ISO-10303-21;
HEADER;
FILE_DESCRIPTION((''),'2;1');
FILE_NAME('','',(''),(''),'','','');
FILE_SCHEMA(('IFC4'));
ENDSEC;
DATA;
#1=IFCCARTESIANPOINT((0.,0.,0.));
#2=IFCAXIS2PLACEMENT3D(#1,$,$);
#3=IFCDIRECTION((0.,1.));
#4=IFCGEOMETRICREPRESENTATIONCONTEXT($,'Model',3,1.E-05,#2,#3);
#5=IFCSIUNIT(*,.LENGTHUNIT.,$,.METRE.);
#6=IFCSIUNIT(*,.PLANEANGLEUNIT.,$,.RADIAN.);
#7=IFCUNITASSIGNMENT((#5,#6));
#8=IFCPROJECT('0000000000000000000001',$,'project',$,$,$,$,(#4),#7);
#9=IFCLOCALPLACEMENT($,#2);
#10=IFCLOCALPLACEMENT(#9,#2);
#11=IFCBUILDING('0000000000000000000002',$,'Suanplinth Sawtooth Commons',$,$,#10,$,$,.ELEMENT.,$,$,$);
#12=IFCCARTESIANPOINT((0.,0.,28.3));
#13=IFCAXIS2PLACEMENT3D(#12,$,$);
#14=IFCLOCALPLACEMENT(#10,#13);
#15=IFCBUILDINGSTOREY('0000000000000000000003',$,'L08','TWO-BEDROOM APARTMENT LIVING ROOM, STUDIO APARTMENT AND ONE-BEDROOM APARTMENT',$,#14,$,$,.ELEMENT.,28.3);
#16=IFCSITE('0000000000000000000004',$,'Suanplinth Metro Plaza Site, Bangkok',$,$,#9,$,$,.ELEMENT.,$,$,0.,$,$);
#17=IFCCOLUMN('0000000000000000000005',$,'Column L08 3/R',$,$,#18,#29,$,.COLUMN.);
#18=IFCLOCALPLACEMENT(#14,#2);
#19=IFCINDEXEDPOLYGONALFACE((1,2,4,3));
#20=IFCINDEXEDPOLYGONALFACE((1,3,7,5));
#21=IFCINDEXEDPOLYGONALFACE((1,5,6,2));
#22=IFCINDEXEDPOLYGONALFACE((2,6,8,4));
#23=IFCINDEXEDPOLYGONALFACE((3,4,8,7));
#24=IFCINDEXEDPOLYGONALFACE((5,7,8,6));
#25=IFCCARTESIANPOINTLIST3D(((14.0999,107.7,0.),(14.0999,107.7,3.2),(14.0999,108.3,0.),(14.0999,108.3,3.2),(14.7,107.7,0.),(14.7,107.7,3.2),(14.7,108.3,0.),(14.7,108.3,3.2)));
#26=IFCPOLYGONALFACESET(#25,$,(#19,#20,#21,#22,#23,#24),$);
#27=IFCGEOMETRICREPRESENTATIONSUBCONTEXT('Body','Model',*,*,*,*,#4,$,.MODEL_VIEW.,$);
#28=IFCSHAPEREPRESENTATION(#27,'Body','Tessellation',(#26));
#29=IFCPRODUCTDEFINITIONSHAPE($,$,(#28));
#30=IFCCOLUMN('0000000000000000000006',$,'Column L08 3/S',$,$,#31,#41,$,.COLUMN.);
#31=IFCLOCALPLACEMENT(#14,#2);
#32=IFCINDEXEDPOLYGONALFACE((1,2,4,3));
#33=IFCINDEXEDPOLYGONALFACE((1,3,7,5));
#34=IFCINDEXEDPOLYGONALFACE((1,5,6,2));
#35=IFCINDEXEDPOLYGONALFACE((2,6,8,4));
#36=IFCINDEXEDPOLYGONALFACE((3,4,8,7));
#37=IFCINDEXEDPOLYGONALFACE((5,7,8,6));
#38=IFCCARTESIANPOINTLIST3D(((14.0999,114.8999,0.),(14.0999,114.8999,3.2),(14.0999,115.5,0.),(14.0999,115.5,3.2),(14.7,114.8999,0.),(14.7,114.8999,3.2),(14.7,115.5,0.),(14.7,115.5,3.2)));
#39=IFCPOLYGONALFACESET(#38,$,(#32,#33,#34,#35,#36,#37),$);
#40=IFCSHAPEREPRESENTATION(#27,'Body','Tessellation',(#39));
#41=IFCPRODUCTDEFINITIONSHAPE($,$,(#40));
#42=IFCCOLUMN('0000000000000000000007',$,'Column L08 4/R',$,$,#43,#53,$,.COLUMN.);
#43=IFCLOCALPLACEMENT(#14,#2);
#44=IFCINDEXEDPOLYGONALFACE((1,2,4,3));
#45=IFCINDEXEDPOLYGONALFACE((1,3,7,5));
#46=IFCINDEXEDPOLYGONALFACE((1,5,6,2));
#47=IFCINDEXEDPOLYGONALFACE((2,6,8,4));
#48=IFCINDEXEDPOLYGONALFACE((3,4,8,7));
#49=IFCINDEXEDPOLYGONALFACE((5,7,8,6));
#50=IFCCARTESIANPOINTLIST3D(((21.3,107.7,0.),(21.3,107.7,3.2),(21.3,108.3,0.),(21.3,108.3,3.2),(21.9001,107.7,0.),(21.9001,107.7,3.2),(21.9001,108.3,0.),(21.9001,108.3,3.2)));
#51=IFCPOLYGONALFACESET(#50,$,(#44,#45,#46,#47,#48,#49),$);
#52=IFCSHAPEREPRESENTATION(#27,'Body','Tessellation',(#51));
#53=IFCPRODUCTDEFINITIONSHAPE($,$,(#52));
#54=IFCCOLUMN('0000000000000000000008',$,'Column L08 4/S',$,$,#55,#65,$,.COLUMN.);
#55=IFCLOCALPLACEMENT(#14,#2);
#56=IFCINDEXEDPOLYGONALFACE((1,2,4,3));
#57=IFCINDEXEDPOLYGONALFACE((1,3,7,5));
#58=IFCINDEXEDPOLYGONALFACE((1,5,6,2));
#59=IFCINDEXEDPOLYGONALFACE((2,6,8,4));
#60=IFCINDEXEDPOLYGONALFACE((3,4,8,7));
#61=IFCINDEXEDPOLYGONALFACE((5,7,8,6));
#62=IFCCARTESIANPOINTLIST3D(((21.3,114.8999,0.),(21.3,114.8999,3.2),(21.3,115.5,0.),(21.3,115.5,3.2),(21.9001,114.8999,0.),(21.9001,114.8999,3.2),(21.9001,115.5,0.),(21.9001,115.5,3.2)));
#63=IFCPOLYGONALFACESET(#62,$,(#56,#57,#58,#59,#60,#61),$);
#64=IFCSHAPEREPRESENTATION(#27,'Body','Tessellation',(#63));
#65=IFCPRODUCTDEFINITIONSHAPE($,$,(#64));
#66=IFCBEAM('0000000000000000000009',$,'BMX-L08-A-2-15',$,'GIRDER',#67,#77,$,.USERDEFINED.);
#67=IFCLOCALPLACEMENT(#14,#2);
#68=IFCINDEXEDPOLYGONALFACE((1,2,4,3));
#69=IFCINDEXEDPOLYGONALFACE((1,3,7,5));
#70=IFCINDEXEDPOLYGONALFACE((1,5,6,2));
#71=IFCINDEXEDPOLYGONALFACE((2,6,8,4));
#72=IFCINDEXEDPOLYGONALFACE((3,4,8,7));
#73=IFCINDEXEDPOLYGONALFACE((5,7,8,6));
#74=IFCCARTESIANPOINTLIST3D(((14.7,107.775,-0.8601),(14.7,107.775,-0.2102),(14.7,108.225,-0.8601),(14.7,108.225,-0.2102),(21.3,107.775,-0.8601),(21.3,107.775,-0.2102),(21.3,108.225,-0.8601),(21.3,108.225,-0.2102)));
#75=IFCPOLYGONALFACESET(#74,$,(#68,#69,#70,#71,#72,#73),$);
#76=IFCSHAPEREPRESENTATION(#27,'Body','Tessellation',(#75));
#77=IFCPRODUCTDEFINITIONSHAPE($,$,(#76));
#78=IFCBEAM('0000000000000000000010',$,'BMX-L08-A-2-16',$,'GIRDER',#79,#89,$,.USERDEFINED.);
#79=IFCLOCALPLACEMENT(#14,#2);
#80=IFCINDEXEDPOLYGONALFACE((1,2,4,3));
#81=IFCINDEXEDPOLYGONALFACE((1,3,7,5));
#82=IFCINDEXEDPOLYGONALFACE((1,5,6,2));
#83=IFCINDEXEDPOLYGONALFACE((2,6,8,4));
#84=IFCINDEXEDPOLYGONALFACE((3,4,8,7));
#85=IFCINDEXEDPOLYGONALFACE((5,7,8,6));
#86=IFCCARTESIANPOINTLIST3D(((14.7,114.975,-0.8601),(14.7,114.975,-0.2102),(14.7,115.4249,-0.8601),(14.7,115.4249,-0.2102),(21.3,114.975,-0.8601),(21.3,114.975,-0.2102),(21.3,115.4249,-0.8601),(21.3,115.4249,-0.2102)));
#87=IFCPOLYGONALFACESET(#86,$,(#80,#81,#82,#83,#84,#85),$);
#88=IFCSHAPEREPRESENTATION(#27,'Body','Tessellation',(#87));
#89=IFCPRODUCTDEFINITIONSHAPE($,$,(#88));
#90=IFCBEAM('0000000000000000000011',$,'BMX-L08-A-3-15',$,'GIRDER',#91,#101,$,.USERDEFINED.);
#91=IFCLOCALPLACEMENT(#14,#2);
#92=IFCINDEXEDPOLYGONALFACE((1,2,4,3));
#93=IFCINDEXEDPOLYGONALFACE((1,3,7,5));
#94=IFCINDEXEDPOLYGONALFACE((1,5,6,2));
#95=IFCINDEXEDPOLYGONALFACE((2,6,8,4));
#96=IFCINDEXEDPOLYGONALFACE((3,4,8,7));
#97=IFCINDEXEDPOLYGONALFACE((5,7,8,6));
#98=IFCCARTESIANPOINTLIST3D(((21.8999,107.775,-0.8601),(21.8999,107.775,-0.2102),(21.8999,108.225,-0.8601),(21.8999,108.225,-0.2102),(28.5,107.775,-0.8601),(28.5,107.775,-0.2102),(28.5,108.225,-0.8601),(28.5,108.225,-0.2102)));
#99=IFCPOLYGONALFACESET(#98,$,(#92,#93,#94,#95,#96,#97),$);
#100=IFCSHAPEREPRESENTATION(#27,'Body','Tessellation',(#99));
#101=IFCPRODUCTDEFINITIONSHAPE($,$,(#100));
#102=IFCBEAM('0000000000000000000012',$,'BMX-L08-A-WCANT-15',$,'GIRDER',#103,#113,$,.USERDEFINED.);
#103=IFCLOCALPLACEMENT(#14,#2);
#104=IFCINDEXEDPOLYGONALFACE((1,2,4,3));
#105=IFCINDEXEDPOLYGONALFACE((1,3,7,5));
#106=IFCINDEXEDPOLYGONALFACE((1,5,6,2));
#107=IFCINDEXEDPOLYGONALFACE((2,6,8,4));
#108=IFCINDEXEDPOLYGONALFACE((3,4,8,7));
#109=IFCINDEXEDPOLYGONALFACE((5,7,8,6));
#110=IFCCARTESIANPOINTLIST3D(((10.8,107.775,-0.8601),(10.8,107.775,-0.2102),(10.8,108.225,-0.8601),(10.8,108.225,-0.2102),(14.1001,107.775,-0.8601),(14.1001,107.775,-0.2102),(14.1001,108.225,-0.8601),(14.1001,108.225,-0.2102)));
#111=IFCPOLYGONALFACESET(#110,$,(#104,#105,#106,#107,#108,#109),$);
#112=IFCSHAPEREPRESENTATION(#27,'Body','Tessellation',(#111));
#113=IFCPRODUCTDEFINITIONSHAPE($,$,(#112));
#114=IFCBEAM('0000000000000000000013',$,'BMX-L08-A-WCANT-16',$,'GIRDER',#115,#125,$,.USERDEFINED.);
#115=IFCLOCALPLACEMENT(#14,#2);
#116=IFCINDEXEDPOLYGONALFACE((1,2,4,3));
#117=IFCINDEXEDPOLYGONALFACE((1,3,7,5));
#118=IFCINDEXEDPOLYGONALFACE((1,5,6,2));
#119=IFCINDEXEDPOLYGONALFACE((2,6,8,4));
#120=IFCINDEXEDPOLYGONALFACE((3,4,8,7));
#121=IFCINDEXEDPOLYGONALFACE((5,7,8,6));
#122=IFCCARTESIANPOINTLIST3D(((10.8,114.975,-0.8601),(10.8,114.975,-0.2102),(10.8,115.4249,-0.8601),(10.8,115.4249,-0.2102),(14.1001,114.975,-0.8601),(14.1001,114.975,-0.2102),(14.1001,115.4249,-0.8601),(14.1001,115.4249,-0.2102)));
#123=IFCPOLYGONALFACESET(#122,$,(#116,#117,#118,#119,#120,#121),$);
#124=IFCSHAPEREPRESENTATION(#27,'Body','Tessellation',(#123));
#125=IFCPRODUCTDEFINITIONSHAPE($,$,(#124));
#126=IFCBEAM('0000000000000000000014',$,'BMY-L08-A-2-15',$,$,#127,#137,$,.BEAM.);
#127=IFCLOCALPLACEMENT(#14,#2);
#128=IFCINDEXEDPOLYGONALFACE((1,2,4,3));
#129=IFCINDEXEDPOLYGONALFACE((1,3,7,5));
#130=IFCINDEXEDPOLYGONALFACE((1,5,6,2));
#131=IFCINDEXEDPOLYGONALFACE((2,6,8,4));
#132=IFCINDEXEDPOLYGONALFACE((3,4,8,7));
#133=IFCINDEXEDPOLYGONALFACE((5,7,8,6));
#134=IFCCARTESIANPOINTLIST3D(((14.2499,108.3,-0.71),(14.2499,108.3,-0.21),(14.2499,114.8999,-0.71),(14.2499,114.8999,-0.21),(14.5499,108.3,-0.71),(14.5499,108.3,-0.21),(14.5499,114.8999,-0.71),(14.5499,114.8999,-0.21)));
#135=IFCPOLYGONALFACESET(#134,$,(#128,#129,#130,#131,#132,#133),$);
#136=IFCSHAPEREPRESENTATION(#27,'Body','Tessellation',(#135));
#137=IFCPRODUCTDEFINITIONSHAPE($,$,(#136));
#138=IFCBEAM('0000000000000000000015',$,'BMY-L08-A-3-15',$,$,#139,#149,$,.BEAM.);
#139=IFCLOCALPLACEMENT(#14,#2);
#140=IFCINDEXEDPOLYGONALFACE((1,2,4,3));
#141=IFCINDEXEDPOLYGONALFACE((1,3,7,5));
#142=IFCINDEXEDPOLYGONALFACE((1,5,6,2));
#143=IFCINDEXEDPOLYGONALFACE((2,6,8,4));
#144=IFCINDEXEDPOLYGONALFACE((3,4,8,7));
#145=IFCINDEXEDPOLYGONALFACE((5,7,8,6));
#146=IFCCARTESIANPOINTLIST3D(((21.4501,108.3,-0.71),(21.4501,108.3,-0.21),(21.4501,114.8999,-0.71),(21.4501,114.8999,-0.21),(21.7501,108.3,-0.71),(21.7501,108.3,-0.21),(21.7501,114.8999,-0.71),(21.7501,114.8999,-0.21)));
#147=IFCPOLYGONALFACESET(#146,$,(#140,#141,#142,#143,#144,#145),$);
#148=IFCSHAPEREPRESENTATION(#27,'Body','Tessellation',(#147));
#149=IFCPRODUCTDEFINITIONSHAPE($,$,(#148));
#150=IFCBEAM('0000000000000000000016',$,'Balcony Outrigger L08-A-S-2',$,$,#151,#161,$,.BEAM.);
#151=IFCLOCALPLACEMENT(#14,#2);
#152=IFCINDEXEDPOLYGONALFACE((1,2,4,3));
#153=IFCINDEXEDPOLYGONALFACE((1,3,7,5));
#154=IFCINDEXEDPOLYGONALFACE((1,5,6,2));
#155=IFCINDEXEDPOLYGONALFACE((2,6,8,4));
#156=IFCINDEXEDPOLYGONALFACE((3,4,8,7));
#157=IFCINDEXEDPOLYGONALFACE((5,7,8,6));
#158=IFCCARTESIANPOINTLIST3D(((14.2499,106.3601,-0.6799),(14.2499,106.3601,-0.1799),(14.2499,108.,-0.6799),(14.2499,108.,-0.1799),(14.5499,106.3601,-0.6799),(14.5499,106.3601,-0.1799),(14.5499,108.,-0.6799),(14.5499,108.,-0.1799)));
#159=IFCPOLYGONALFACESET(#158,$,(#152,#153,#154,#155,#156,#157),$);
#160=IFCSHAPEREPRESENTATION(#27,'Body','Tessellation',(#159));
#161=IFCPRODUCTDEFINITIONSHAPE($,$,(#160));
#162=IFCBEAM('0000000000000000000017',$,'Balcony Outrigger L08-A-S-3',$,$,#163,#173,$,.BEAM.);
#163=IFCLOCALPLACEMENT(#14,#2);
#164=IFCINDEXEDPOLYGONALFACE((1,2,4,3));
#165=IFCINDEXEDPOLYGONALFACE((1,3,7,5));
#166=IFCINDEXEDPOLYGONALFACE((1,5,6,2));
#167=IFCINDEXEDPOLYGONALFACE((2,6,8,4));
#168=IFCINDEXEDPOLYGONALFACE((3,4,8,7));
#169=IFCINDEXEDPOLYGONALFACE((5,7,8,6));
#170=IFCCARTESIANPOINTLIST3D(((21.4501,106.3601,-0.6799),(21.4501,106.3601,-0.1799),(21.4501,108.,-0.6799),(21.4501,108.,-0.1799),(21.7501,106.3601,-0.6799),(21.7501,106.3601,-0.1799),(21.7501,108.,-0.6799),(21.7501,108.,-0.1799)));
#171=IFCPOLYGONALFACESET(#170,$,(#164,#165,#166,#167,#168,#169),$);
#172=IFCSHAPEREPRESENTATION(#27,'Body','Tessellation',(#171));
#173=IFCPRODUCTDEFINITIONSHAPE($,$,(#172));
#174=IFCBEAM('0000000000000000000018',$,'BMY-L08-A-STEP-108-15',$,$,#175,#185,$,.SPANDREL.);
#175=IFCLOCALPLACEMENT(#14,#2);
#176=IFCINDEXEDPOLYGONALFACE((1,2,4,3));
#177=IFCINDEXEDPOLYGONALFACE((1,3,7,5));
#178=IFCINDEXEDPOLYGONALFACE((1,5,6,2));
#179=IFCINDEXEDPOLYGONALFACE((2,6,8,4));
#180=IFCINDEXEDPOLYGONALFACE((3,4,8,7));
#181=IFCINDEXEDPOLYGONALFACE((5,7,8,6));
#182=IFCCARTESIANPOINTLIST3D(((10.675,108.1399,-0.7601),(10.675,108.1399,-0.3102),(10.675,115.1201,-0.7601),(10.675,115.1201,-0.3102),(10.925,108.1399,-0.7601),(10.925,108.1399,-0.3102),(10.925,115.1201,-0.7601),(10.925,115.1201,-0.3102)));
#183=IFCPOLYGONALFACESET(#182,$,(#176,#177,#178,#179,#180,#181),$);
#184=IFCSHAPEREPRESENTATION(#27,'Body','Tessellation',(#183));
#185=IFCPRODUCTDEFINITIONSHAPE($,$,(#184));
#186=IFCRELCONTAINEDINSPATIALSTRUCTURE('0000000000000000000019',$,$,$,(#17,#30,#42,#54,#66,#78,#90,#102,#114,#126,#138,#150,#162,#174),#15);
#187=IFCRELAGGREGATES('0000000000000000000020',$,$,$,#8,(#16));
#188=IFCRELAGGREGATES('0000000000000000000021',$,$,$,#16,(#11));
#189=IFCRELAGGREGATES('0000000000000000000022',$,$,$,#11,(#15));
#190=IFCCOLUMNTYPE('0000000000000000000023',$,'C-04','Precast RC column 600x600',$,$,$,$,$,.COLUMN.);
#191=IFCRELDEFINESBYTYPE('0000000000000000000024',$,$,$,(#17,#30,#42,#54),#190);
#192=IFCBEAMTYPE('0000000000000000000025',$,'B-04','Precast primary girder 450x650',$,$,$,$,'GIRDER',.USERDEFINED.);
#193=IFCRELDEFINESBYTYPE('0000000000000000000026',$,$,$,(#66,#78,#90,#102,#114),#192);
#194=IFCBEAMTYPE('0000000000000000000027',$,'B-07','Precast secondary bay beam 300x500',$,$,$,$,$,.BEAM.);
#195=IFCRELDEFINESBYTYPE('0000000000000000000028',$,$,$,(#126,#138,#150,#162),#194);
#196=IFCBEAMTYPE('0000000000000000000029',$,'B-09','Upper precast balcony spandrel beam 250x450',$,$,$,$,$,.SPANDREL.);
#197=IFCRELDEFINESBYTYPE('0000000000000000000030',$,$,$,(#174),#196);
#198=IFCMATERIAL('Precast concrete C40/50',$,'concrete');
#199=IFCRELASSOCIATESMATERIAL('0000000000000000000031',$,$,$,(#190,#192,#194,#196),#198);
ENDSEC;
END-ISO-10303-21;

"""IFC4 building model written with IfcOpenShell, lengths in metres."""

from ifc_helpers import new_model, si_unit, direction, frame, origin, origin_2d, place, context, subcontext, project, spatial, rectangle, extrude, material, material_profile, profile_set, type_object, element, save


model = new_model("IFC4")

# Units and contexts
model_context = context("Model", 3, precision=1e-05, world=origin(), true_north=direction((0.0, 1.0)))
body_context = subcontext(model_context, "Body", "Model", "MODEL_VIEW")
ifc_project = project(units=[si_unit("LENGTHUNIT", "METRE"), si_unit("PLANEANGLEUNIT", "RADIAN")], contexts=[model_context])

# Site, building, storey
site_placement = place(None, origin())
site = spatial("IfcSite", under=ifc_project, at=site_placement, Name="Suanplinth Metro Plaza Site, Bangkok", CompositionType="ELEMENT", RefElevation=0.0)
building_placement = place(site_placement, origin())
building = spatial("IfcBuilding", under=site, at=building_placement, Name="Suanplinth Sawtooth Commons", CompositionType="ELEMENT")
storey_placement = place(building_placement, frame((0.0, 0.0, 28.3)))
storey = spatial("IfcBuildingStorey", under=building, at=storey_placement, Name="L08", Description="TWO-BEDROOM APARTMENT LIVING ROOM, STUDIO APARTMENT AND ONE-BEDROOM APARTMENT", CompositionType="ELEMENT", Elevation=28.3)

# Columns
ifc_material_1 = material(Name="Precast concrete C40/50", Category="concrete")
ifc_material_profile_1 = material_profile(ifc_material_1, rectangle(XDim=0.6001, YDim=0.6001, at=origin_2d()), Name="PC-COL 600x600")
ifc_profile_set_1 = profile_set([ifc_material_profile_1], Name="Precast concrete C40/50")
column_type = type_object("IfcColumnType", Name="C-04", Description="Precast RC column 600x600", PredefinedType="COLUMN", material=ifc_profile_set_1)
for number, where, z_axis, x_axis, name in (
    (1, (14.3999, 108.0, 0.0), (0.0, 0.0, 1.0), (1.0, 0.0, 0.0), "Column L08 3/R"),
    (2, (14.3999, 115.2, 0.0), (0.0, 0.0, 1.0), (1.0, 0.0, 0.0), "Column L08 3/S"),
    (3, (21.6001, 108.0, 0.0), (0.0, 0.0, 1.0), (1.0, 0.0, 0.0), "Column L08 4/R"),
    (4, (21.6001, 115.2, 0.0), (0.0, 0.0, 1.0), (1.0, 0.0, 0.0), "Column L08 4/S"),
):
    element("IfcColumn", number, at=place(storey_placement, frame(where, z_axis=z_axis, x_axis=x_axis)), inside=storey, type_object=column_type, Name=name, PredefinedType="COLUMN", context=body_context, shape_type="SweptSolid", body=[
        extrude(rectangle(XDim=0.6001, YDim=0.6001, at=origin_2d()), origin(), (0.0, 0.0, 1.0), 3.2),
    ])

# Beams
ifc_material_profile_2 = material_profile(ifc_material_1, rectangle(XDim=0.45, YDim=0.6499, at=origin_2d()), Name="PC-GDR 450x650")
ifc_profile_set_2 = profile_set([ifc_material_profile_2], Name="Precast concrete C40/50")
beam_type_1 = type_object("IfcBeamType", Name="B-04", Description="Precast primary girder 450x650", ElementType="GIRDER", PredefinedType="USERDEFINED", material=ifc_profile_set_2)
for number, where, z_axis, x_axis, name in (
    (5, (14.7, 108.0, -0.5352), (1.0, 0.0, 0.0), (0.0, 1.0, 0.0), "BMX-L08-A-2-15"),
    (6, (14.7, 115.2, -0.5352), (1.0, 0.0, 0.0), (0.0, 1.0, 0.0), "BMX-L08-A-2-16"),
    (7, (21.8999, 108.0, -0.5352), (1.0, 0.0, 0.0), (0.0, 1.0, 0.0), "BMX-L08-A-3-15"),
):
    element("IfcBeam", number, at=place(storey_placement, frame(where, z_axis=z_axis, x_axis=x_axis)), inside=storey, type_object=beam_type_1, Name=name, ObjectType="GIRDER", PredefinedType="USERDEFINED", context=body_context, shape_type="SweptSolid", body=[
        extrude(rectangle(XDim=0.45, YDim=0.6499, at=origin_2d()), origin(), (0.0, 0.0, 1.0), 6.6001),
    ])
for number, where, z_axis, x_axis, name in (
    (8, (14.1001, 108.0, -0.5352), (-1.0, 0.0, 0.0), (0.0, -1.0, 0.0), "BMX-L08-A-WCANT-15"),
    (9, (14.1001, 115.2, -0.5352), (-1.0, 0.0, 0.0), (0.0, -1.0, 0.0), "BMX-L08-A-WCANT-16"),
):
    element("IfcBeam", number, at=place(storey_placement, frame(where, z_axis=z_axis, x_axis=x_axis)), inside=storey, type_object=beam_type_1, Name=name, ObjectType="GIRDER", PredefinedType="USERDEFINED", context=body_context, shape_type="SweptSolid", body=[
        extrude(rectangle(XDim=0.45, YDim=0.6499, at=origin_2d()), origin(), (0.0, 0.0, 1.0), 3.3),
    ])
ifc_material_profile_3 = material_profile(ifc_material_1, rectangle(XDim=0.3, YDim=0.5, at=origin_2d()), Name="PC-BM 300x500")
ifc_profile_set_3 = profile_set([ifc_material_profile_3], Name="Precast concrete C40/50")
beam_type_2 = type_object("IfcBeamType", Name="B-07", Description="Precast secondary bay beam 300x500", PredefinedType="BEAM", material=ifc_profile_set_3)
for number, where, z_axis, x_axis, name in (
    (10, (14.3999, 108.3, -0.46), (0.0, 1.0, 0.0), (-1.0, 0.0, 0.0), "BMY-L08-A-2-15"),
    (11, (21.6001, 108.3, -0.46), (0.0, 1.0, 0.0), (-1.0, 0.0, 0.0), "BMY-L08-A-3-15"),
):
    element("IfcBeam", number, at=place(storey_placement, frame(where, z_axis=z_axis, x_axis=x_axis)), inside=storey, type_object=beam_type_2, Name=name, PredefinedType="BEAM", context=body_context, shape_type="SweptSolid", body=[
        extrude(rectangle(XDim=0.3, YDim=0.5, at=origin_2d()), origin(), (0.0, 0.0, 1.0), 6.5999),
    ])
for number, where, z_axis, x_axis, name in (
    (12, (14.3999, 108.0, -0.4299), (0.0, -1.0, 0.0), (1.0, 0.0, 0.0), "Balcony Outrigger L08-A-S-2"),
    (13, (21.6001, 108.0, -0.4299), (0.0, -1.0, 0.0), (1.0, 0.0, 0.0), "Balcony Outrigger L08-A-S-3"),
):
    element("IfcBeam", number, at=place(storey_placement, frame(where, z_axis=z_axis, x_axis=x_axis)), inside=storey, type_object=beam_type_2, Name=name, PredefinedType="BEAM", context=body_context, shape_type="SweptSolid", body=[
        extrude(rectangle(XDim=0.3, YDim=0.5, at=origin_2d()), origin(), (0.0, 0.0, 1.0), 1.6399),
    ])
ifc_material_profile_4 = material_profile(ifc_material_1, rectangle(XDim=0.25, YDim=0.45, at=origin_2d()), Name="PC-SP 250x450")
ifc_profile_set_4 = profile_set([ifc_material_profile_4], Name="Precast concrete C40/50")
beam_type_3 = type_object("IfcBeamType", Name="B-09", Description="Upper precast balcony spandrel beam 250x450", PredefinedType="SPANDREL", material=ifc_profile_set_4)
beam_placement = place(storey_placement, frame((10.8, 108.1399, -0.5352), z_axis=(0.0, 1.0, 0.0), x_axis=(-1.0, 0.0, 0.0)))
element("IfcBeam", 14, at=beam_placement, inside=storey, type_object=beam_type_3, Name="BMY-L08-A-STEP-108-15", PredefinedType="SPANDREL", context=body_context, shape_type="SweptSolid", body=[
    extrude(rectangle(XDim=0.25, YDim=0.45, at=origin_2d()), origin(), (0.0, 0.0, 1.0), 6.9802),
])

save(model, "model.ifc")
